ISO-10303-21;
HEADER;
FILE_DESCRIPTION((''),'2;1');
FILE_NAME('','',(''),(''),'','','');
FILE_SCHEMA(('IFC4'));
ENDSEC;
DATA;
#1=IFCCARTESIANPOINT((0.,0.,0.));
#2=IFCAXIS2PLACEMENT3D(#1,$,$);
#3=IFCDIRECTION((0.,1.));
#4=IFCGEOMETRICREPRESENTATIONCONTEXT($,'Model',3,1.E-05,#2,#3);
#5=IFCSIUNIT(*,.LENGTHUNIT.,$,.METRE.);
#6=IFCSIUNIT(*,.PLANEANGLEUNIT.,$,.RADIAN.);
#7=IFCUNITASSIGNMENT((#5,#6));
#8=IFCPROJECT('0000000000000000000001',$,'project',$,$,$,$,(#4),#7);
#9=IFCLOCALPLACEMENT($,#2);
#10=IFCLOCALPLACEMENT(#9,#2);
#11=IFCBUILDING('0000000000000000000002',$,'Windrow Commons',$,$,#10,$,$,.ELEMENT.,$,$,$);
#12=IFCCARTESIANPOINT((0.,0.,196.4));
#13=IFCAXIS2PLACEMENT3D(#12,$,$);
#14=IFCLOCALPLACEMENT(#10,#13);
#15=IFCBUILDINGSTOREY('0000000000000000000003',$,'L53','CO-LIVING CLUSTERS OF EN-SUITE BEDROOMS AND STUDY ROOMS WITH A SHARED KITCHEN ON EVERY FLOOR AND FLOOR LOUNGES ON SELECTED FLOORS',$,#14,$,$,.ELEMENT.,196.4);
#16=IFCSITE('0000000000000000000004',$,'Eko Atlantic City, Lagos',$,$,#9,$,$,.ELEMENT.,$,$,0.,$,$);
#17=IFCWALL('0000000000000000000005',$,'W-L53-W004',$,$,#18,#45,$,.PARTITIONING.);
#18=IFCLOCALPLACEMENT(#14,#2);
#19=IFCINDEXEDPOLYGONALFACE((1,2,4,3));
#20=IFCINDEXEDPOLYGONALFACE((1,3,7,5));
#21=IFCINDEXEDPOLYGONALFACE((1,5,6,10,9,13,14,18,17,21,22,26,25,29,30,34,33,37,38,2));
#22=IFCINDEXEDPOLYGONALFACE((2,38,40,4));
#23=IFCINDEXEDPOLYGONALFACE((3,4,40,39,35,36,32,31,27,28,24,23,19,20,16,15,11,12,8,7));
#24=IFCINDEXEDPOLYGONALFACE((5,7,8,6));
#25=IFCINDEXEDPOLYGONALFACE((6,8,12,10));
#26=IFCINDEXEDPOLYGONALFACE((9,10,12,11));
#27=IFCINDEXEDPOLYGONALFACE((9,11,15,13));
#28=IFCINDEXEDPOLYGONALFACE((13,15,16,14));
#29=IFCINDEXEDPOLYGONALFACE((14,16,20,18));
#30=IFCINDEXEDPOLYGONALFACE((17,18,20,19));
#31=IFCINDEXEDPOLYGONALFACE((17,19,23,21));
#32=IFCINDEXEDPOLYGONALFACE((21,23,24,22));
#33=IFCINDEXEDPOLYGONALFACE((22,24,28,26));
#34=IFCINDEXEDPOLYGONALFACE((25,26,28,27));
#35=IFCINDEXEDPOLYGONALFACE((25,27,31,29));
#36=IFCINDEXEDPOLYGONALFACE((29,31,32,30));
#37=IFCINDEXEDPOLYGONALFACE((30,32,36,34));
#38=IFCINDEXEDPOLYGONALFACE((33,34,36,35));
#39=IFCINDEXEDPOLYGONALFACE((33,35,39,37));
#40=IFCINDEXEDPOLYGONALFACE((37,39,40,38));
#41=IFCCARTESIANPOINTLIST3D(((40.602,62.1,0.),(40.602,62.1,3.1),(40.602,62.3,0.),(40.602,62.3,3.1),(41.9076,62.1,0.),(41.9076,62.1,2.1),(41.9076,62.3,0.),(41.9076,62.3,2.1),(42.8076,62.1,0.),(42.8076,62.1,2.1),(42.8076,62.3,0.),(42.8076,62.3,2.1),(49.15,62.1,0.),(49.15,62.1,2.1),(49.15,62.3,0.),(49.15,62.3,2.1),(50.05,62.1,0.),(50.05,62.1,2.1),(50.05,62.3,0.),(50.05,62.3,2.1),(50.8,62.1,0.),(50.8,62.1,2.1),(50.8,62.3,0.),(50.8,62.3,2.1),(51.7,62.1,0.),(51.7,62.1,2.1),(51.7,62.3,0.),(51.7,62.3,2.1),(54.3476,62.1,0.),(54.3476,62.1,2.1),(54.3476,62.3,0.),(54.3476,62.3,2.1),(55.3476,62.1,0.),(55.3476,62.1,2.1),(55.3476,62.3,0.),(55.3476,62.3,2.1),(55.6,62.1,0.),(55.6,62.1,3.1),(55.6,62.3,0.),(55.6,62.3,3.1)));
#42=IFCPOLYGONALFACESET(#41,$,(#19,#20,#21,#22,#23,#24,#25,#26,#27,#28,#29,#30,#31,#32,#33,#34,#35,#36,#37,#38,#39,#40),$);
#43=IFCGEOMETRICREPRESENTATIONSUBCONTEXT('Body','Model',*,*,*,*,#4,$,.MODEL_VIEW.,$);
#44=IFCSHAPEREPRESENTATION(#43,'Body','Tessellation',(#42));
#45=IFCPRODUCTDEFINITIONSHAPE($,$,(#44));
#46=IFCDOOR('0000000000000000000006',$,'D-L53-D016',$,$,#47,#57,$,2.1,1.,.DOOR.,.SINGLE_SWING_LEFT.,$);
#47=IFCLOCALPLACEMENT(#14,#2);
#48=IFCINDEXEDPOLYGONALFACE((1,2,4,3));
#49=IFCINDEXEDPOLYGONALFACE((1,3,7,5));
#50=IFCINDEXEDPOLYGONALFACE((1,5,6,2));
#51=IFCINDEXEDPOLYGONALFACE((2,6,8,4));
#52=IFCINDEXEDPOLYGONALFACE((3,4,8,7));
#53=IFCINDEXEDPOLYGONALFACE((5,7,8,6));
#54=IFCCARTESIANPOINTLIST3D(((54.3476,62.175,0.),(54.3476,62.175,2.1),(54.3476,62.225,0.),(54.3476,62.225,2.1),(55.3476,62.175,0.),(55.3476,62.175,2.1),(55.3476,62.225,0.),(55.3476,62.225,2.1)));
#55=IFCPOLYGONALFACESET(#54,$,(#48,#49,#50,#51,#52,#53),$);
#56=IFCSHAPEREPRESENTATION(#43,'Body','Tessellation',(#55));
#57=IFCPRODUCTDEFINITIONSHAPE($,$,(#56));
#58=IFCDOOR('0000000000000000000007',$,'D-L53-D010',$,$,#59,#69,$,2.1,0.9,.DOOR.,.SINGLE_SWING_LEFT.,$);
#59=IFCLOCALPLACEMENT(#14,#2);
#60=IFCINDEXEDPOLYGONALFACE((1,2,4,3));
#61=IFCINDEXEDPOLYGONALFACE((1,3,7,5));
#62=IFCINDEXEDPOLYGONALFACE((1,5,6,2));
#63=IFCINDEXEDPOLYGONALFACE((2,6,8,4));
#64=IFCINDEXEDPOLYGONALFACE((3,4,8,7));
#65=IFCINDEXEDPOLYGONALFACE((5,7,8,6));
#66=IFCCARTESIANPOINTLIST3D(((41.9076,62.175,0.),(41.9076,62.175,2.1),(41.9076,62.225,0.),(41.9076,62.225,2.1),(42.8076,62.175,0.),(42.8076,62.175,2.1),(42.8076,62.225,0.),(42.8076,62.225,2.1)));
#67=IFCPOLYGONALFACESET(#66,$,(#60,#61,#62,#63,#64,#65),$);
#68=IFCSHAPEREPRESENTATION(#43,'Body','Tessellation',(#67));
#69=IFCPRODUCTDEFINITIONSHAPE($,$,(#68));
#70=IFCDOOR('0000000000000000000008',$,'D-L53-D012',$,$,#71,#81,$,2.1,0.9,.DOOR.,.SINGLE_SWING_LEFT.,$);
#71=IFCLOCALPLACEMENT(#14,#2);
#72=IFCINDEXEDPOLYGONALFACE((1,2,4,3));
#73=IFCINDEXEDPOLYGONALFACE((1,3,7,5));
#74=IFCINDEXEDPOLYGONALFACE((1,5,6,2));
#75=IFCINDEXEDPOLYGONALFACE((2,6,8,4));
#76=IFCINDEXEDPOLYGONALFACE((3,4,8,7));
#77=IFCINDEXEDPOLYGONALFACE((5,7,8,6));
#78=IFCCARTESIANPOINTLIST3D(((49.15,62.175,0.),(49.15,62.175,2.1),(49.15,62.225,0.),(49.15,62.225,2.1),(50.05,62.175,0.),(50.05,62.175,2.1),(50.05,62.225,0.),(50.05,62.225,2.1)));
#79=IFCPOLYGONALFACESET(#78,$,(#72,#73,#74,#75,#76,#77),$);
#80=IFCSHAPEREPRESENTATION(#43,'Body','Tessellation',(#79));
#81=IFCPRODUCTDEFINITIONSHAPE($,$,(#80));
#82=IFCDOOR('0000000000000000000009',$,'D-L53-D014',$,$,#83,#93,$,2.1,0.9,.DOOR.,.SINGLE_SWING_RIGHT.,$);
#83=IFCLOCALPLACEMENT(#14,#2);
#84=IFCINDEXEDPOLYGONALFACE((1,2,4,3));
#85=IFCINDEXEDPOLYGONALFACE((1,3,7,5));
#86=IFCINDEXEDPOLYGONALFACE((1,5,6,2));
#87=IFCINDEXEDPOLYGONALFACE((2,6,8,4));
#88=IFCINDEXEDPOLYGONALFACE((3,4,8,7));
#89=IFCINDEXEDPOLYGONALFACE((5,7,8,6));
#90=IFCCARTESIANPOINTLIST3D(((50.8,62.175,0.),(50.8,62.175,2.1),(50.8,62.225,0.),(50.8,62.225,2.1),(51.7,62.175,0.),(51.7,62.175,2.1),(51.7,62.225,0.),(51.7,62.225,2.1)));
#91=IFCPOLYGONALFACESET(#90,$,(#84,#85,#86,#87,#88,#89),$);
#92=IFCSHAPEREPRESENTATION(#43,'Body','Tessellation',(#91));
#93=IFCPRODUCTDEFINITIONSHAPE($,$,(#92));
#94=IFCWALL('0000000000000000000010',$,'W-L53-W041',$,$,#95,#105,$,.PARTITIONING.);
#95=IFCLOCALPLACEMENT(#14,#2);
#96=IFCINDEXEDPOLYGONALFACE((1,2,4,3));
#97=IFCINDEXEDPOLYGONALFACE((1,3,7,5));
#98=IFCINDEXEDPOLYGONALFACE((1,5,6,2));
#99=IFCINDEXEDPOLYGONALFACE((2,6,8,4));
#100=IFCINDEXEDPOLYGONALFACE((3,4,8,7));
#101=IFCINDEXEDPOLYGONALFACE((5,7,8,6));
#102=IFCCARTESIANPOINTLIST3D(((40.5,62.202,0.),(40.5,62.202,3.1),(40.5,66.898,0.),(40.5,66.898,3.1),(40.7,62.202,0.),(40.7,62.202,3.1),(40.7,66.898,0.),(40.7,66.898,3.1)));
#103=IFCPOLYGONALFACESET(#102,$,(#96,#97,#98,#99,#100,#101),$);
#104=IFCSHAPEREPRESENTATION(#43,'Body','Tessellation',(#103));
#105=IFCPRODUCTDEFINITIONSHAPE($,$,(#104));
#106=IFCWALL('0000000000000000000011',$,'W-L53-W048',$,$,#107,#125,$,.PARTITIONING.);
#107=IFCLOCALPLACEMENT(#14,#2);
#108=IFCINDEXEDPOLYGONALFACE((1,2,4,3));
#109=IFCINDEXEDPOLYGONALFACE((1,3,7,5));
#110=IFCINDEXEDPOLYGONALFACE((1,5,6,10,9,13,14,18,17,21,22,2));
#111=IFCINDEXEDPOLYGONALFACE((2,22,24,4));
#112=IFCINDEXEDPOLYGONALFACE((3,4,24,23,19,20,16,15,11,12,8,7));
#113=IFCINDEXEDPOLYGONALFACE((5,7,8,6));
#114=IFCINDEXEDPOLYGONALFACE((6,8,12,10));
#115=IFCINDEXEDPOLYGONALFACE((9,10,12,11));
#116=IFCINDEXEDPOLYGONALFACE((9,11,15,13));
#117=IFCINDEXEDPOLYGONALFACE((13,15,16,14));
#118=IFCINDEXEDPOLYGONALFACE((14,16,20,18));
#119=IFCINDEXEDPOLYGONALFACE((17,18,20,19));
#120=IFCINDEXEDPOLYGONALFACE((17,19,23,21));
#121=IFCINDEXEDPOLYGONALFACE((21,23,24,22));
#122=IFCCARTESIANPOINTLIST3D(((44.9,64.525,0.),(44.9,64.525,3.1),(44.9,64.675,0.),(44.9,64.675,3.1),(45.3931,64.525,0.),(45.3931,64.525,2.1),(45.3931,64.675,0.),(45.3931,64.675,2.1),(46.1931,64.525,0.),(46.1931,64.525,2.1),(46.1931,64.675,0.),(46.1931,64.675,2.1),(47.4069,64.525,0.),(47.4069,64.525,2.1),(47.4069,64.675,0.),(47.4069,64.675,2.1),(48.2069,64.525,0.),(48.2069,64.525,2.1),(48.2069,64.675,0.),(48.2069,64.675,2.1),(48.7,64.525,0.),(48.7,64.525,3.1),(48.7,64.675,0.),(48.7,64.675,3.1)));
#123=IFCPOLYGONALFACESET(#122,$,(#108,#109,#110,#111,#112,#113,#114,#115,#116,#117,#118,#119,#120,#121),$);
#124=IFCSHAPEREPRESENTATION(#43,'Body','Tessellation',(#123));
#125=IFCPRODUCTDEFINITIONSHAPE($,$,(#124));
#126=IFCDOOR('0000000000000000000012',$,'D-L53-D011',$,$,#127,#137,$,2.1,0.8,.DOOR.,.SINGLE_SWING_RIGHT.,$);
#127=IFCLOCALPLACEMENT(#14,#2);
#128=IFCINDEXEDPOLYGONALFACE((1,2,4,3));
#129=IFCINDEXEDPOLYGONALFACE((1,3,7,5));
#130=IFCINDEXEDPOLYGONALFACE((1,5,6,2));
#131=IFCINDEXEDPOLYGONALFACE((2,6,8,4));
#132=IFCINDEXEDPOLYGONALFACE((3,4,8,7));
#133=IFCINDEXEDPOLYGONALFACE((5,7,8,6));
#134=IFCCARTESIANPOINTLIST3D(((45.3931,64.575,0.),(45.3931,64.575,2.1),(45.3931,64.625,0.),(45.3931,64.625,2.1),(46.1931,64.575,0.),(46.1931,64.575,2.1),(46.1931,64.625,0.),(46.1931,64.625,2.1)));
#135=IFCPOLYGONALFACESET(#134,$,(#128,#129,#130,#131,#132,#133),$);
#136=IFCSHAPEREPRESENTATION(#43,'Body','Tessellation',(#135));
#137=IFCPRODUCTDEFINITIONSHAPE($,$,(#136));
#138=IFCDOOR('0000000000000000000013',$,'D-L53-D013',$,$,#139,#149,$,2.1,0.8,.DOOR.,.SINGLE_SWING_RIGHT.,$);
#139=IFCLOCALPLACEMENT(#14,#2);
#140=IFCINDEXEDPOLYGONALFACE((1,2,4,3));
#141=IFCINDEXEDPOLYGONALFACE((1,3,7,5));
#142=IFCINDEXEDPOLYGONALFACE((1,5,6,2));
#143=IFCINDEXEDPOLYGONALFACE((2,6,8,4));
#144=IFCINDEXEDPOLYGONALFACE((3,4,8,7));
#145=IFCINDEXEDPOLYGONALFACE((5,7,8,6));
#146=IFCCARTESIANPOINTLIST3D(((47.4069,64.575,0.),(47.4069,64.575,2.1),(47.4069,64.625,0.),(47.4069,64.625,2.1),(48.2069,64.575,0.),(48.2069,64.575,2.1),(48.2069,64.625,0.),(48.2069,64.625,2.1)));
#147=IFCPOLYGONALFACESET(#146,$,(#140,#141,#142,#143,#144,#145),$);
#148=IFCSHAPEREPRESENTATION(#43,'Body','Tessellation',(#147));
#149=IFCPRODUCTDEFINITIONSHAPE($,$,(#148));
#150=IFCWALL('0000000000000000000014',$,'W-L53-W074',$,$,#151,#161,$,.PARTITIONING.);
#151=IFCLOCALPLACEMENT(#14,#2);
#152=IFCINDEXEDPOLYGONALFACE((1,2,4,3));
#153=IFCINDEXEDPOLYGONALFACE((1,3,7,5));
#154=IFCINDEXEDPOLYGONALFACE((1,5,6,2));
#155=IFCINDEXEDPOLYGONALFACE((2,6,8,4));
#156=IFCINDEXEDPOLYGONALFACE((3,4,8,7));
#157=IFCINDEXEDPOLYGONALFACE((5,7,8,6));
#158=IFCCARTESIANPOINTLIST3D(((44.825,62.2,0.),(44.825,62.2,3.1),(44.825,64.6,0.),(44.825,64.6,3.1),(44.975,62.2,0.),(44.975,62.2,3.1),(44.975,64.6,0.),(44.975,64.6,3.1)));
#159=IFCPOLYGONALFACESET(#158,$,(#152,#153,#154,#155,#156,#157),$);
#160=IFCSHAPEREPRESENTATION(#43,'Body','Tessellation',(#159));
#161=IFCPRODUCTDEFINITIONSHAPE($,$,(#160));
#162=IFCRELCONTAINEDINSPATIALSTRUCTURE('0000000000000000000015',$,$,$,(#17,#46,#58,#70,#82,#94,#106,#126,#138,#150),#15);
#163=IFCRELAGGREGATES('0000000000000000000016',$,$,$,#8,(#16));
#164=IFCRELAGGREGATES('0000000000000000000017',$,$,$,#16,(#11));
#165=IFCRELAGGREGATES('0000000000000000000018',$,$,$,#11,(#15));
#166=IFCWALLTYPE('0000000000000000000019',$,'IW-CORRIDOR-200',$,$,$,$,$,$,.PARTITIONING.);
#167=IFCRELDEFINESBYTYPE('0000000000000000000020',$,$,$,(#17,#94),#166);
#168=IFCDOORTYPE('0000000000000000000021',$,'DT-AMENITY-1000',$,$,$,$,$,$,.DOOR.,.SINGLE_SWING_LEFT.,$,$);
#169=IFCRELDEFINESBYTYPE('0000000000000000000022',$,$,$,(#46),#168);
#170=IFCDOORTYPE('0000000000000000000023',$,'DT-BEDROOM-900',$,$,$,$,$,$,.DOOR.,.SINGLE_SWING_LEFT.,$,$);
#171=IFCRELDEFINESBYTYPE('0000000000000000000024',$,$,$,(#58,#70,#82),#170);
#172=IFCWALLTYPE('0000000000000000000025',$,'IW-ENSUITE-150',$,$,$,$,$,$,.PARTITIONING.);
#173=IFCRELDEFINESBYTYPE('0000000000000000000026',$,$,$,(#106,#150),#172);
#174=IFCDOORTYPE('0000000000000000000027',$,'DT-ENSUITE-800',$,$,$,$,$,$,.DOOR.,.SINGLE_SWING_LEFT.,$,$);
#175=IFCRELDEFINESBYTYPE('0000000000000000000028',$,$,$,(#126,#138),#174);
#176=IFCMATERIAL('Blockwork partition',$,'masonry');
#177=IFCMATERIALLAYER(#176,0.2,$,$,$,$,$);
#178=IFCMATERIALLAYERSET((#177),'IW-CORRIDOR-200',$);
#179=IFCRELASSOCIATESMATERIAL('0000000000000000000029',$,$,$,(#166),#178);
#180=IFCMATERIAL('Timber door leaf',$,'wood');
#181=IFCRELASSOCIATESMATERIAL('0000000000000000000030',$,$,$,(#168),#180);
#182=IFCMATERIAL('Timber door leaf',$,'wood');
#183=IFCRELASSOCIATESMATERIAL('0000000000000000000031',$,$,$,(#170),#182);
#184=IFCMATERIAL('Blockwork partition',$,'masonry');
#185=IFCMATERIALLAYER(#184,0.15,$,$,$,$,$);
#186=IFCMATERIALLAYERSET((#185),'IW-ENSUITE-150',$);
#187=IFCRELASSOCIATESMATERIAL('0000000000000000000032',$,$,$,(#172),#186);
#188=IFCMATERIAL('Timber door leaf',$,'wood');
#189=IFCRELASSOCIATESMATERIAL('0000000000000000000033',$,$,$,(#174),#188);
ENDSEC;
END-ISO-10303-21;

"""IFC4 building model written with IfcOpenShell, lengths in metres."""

from ifc_helpers import new_model, si_unit, direction, frame, frame_2d, origin, place, context, subcontext, project, spatial, rectangle, extrude, material, layer, layer_set, type_object, element, fill, save


model = new_model("IFC4")

# Units and contexts
model_context = context("Model", 3, precision=1e-05, world=origin(), true_north=direction((0.0, 1.0)))
body_context = subcontext(model_context, "Body", "Model", "MODEL_VIEW")
ifc_project = project(units=[si_unit("LENGTHUNIT", "METRE"), si_unit("PLANEANGLEUNIT", "RADIAN")], contexts=[model_context])

# Site, building, storey
site_placement = place(None, origin())
site = spatial("IfcSite", under=ifc_project, at=site_placement, Name="Eko Atlantic City, Lagos", CompositionType="ELEMENT", RefElevation=0.0)
building_placement = place(site_placement, origin())
building = spatial("IfcBuilding", under=site, at=building_placement, Name="Windrow Commons", CompositionType="ELEMENT")
storey_placement = place(building_placement, frame((0.0, 0.0, 196.4)))
storey = spatial("IfcBuildingStorey", under=building, at=storey_placement, Name="L53", Description="CO-LIVING CLUSTERS OF EN-SUITE BEDROOMS AND STUDY ROOMS WITH A SHARED KITCHEN ON EVERY FLOOR AND FLOOR LOUNGES ON SELECTED FLOORS", CompositionType="ELEMENT", Elevation=196.4)

# Wall, openings, doors
ifc_material_1 = material(Name="Blockwork partition", Category="masonry")
ifc_layer_1 = layer(ifc_material_1, 0.2)
ifc_layer_set_1 = layer_set([ifc_layer_1], Name="IW-CORRIDOR-200")
wall_type_1 = type_object("IfcWallType", Name="IW-CORRIDOR-200", PredefinedType="PARTITIONING", material=ifc_layer_set_1)
wall_1_placement = place(storey_placement, frame((40.602, 62.2, 0.0), z_axis=(0.0, 0.0, 1.0), x_axis=(1.0, 0.0, 0.0)))
wall_1 = element("IfcWall", 1, at=wall_1_placement, inside=storey, type_object=wall_type_1, Name="W-L53-W004", PredefinedType="PARTITIONING", context=body_context, shape_type="SweptSolid", body=[
    extrude(rectangle(XDim=14.998, YDim=0.2, at=frame_2d((7.499, 0.0))), origin(), (0.0, 0.0, 1.0), 3.1),
])
opening_1_placement = place(wall_1_placement, frame((1.3056, 0.0, 0.0)))
opening_1 = element("IfcOpeningElement", 2, at=opening_1_placement, cuts=wall_1, PredefinedType="OPENING", context=body_context, shape_type="SweptSolid", body=[
    extrude(rectangle(XDim=0.9, YDim=2.1, at=frame_2d((0.45, 1.05))), frame((0.0, 0.11, 0.0), z_axis=(0.0, -1.0, 0.0), x_axis=(1.0, 0.0, 0.0)), (0.0, 0.0, 1.0), 0.22),
])
opening_2_placement = place(wall_1_placement, frame((8.548, 0.0, 0.0)))
opening_2 = element("IfcOpeningElement", 3, at=opening_2_placement, cuts=wall_1, PredefinedType="OPENING", context=body_context, shape_type="SweptSolid", body=[
    extrude(rectangle(XDim=0.9, YDim=2.1, at=frame_2d((0.45, 1.05))), frame((0.0, 0.11, 0.0), z_axis=(0.0, -1.0, 0.0), x_axis=(1.0, 0.0, 0.0)), (0.0, 0.0, 1.0), 0.22),
])
opening_3_placement = place(wall_1_placement, frame((10.198, 0.0, 0.0)))
opening_3 = element("IfcOpeningElement", 4, at=opening_3_placement, cuts=wall_1, PredefinedType="OPENING", context=body_context, shape_type="SweptSolid", body=[
    extrude(rectangle(XDim=0.9, YDim=2.1, at=frame_2d((0.45, 1.05))), frame((0.0, 0.11, 0.0), z_axis=(0.0, -1.0, 0.0), x_axis=(1.0, 0.0, 0.0)), (0.0, 0.0, 1.0), 0.22),
])
opening_4_placement = place(wall_1_placement, frame((13.7456, 0.0, 0.0)))
opening_4 = element("IfcOpeningElement", 5, at=opening_4_placement, cuts=wall_1, PredefinedType="OPENING", context=body_context, shape_type="SweptSolid", body=[
    extrude(rectangle(XDim=1.0, YDim=2.1, at=frame_2d((0.5, 1.05))), frame((0.0, 0.11, 0.0), z_axis=(0.0, -1.0, 0.0), x_axis=(1.0, 0.0, 0.0)), (0.0, 0.0, 1.0), 0.22),
])
ifc_material_2 = material(Name="Timber door leaf", Category="wood")
door_type_1 = type_object("IfcDoorType", Name="DT-AMENITY-1000", OperationType="SINGLE_SWING_LEFT", PredefinedType="DOOR", material=ifc_material_2)
door_1_placement = place(opening_4_placement, origin())
door_1 = element("IfcDoor", 6, at=door_1_placement, inside=storey, type_object=door_type_1, Name="D-L53-D016", OperationType="SINGLE_SWING_LEFT", OverallHeight=2.1, OverallWidth=1.0, PredefinedType="DOOR", context=body_context, shape_type="SweptSolid", body=[
    extrude(rectangle(XDim=1.0, YDim=2.1, at=frame_2d((0.5, 1.05))), frame((0.0, 0.025, 0.0), z_axis=(0.0, -1.0, 0.0), x_axis=(1.0, 0.0, 0.0)), (0.0, 0.0, 1.0), 0.05),
])
fill(opening_4, door_1)
ifc_material_3 = material(Name="Timber door leaf", Category="wood")
door_type_2 = type_object("IfcDoorType", Name="DT-BEDROOM-900", OperationType="SINGLE_SWING_LEFT", PredefinedType="DOOR", material=ifc_material_3)
door_2_placement = place(opening_1_placement, origin())
door_2 = element("IfcDoor", 7, at=door_2_placement, inside=storey, type_object=door_type_2, Name="D-L53-D010", OperationType="SINGLE_SWING_LEFT", OverallHeight=2.1, OverallWidth=0.9, PredefinedType="DOOR", context=body_context, shape_type="SweptSolid", body=[
    extrude(rectangle(XDim=0.9, YDim=2.1, at=frame_2d((0.45, 1.05))), frame((0.0, 0.025, 0.0), z_axis=(0.0, -1.0, 0.0), x_axis=(1.0, 0.0, 0.0)), (0.0, 0.0, 1.0), 0.05),
])
fill(opening_1, door_2)
door_3_placement = place(opening_2_placement, origin())
door_3 = element("IfcDoor", 8, at=door_3_placement, inside=storey, type_object=door_type_2, Name="D-L53-D012", OperationType="SINGLE_SWING_LEFT", OverallHeight=2.1, OverallWidth=0.9, PredefinedType="DOOR", context=body_context, shape_type="SweptSolid", body=[
    extrude(rectangle(XDim=0.9, YDim=2.1, at=frame_2d((0.45, 1.05))), frame((0.0, 0.025, 0.0), z_axis=(0.0, -1.0, 0.0), x_axis=(1.0, 0.0, 0.0)), (0.0, 0.0, 1.0), 0.05),
])
fill(opening_2, door_3)
door_4_placement = place(opening_3_placement, origin())
door_4 = element("IfcDoor", 9, at=door_4_placement, inside=storey, type_object=door_type_2, Name="D-L53-D014", OperationType="SINGLE_SWING_RIGHT", OverallHeight=2.1, OverallWidth=0.9, PredefinedType="DOOR", context=body_context, shape_type="SweptSolid", body=[
    extrude(rectangle(XDim=0.9, YDim=2.1, at=frame_2d((0.45, 1.05))), frame((0.0, 0.025, 0.0), z_axis=(0.0, -1.0, 0.0), x_axis=(1.0, 0.0, 0.0)), (0.0, 0.0, 1.0), 0.05),
])
fill(opening_3, door_4)

# Wall
wall_2_placement = place(storey_placement, frame((40.6, 62.202, 0.0), z_axis=(0.0, 0.0, 1.0), x_axis=(0.0, 1.0, 0.0)))
element("IfcWall", 10, at=wall_2_placement, inside=storey, type_object=wall_type_1, Name="W-L53-W041", PredefinedType="PARTITIONING", context=body_context, shape_type="SweptSolid", body=[
    extrude(rectangle(XDim=4.696, YDim=0.2, at=frame_2d((2.348, 0.0))), origin(), (0.0, 0.0, 1.0), 3.1),
])

# Wall, openings, doors
ifc_material_4 = material(Name="Blockwork partition", Category="masonry")
ifc_layer_2 = layer(ifc_material_4, 0.15)
ifc_layer_set_2 = layer_set([ifc_layer_2], Name="IW-ENSUITE-150")
wall_type_2 = type_object("IfcWallType", Name="IW-ENSUITE-150", PredefinedType="PARTITIONING", material=ifc_layer_set_2)
wall_3_placement = place(storey_placement, frame((44.9, 64.6, 0.0), z_axis=(0.0, 0.0, 1.0), x_axis=(1.0, 0.0, 0.0)))
wall_3 = element("IfcWall", 11, at=wall_3_placement, inside=storey, type_object=wall_type_2, Name="W-L53-W048", PredefinedType="PARTITIONING", context=body_context, shape_type="SweptSolid", body=[
    extrude(rectangle(XDim=3.8, YDim=0.15, at=frame_2d((1.9, 0.0))), origin(), (0.0, 0.0, 1.0), 3.1),
])
opening_5_placement = place(wall_3_placement, frame((0.4931, 0.0, 0.0)))
opening_5 = element("IfcOpeningElement", 12, at=opening_5_placement, cuts=wall_3, PredefinedType="OPENING", context=body_context, shape_type="SweptSolid", body=[
    extrude(rectangle(XDim=0.8, YDim=2.1, at=frame_2d((0.4, 1.05))), frame((0.0, 0.085, 0.0), z_axis=(0.0, -1.0, 0.0), x_axis=(1.0, 0.0, 0.0)), (0.0, 0.0, 1.0), 0.17),
])
opening_6_placement = place(wall_3_placement, frame((2.5069, 0.0, 0.0)))
opening_6 = element("IfcOpeningElement", 13, at=opening_6_placement, cuts=wall_3, PredefinedType="OPENING", context=body_context, shape_type="SweptSolid", body=[
    extrude(rectangle(XDim=0.8, YDim=2.1, at=frame_2d((0.4, 1.05))), frame((0.0, 0.085, 0.0), z_axis=(0.0, -1.0, 0.0), x_axis=(1.0, 0.0, 0.0)), (0.0, 0.0, 1.0), 0.17),
])
ifc_material_5 = material(Name="Timber door leaf", Category="wood")
door_type_3 = type_object("IfcDoorType", Name="DT-ENSUITE-800", OperationType="SINGLE_SWING_LEFT", PredefinedType="DOOR", material=ifc_material_5)
door_5_placement = place(opening_5_placement, origin())
door_5 = element("IfcDoor", 14, at=door_5_placement, inside=storey, type_object=door_type_3, Name="D-L53-D011", OperationType="SINGLE_SWING_RIGHT", OverallHeight=2.1, OverallWidth=0.8, PredefinedType="DOOR", context=body_context, shape_type="SweptSolid", body=[
    extrude(rectangle(XDim=0.8, YDim=2.1, at=frame_2d((0.4, 1.05))), frame((0.0, 0.025, 0.0), z_axis=(0.0, -1.0, 0.0), x_axis=(1.0, 0.0, 0.0)), (0.0, 0.0, 1.0), 0.05),
])
fill(opening_5, door_5)
door_6_placement = place(opening_6_placement, origin())
door_6 = element("IfcDoor", 15, at=door_6_placement, inside=storey, type_object=door_type_3, Name="D-L53-D013", OperationType="SINGLE_SWING_RIGHT", OverallHeight=2.1, OverallWidth=0.8, PredefinedType="DOOR", context=body_context, shape_type="SweptSolid", body=[
    extrude(rectangle(XDim=0.8, YDim=2.1, at=frame_2d((0.4, 1.05))), frame((0.0, 0.025, 0.0), z_axis=(0.0, -1.0, 0.0), x_axis=(1.0, 0.0, 0.0)), (0.0, 0.0, 1.0), 0.05),
])
fill(opening_6, door_6)

# Wall
for number, where, z_axis, x_axis, name in (
    (16, (44.9, 62.2, 0.0), (0.0, 0.0, 1.0), (0.0, 1.0, 0.0), "W-L53-W074"),
):
    element("IfcWall", number, at=place(storey_placement, frame(where, z_axis=z_axis, x_axis=x_axis)), inside=storey, type_object=wall_type_2, Name=name, PredefinedType="PARTITIONING", context=body_context, shape_type="SweptSolid", body=[
        extrude(rectangle(XDim=2.4, YDim=0.15, at=frame_2d((1.2, 0.0))), origin(), (0.0, 0.0, 1.0), 3.1),
    ])

save(model, "model.ifc")
